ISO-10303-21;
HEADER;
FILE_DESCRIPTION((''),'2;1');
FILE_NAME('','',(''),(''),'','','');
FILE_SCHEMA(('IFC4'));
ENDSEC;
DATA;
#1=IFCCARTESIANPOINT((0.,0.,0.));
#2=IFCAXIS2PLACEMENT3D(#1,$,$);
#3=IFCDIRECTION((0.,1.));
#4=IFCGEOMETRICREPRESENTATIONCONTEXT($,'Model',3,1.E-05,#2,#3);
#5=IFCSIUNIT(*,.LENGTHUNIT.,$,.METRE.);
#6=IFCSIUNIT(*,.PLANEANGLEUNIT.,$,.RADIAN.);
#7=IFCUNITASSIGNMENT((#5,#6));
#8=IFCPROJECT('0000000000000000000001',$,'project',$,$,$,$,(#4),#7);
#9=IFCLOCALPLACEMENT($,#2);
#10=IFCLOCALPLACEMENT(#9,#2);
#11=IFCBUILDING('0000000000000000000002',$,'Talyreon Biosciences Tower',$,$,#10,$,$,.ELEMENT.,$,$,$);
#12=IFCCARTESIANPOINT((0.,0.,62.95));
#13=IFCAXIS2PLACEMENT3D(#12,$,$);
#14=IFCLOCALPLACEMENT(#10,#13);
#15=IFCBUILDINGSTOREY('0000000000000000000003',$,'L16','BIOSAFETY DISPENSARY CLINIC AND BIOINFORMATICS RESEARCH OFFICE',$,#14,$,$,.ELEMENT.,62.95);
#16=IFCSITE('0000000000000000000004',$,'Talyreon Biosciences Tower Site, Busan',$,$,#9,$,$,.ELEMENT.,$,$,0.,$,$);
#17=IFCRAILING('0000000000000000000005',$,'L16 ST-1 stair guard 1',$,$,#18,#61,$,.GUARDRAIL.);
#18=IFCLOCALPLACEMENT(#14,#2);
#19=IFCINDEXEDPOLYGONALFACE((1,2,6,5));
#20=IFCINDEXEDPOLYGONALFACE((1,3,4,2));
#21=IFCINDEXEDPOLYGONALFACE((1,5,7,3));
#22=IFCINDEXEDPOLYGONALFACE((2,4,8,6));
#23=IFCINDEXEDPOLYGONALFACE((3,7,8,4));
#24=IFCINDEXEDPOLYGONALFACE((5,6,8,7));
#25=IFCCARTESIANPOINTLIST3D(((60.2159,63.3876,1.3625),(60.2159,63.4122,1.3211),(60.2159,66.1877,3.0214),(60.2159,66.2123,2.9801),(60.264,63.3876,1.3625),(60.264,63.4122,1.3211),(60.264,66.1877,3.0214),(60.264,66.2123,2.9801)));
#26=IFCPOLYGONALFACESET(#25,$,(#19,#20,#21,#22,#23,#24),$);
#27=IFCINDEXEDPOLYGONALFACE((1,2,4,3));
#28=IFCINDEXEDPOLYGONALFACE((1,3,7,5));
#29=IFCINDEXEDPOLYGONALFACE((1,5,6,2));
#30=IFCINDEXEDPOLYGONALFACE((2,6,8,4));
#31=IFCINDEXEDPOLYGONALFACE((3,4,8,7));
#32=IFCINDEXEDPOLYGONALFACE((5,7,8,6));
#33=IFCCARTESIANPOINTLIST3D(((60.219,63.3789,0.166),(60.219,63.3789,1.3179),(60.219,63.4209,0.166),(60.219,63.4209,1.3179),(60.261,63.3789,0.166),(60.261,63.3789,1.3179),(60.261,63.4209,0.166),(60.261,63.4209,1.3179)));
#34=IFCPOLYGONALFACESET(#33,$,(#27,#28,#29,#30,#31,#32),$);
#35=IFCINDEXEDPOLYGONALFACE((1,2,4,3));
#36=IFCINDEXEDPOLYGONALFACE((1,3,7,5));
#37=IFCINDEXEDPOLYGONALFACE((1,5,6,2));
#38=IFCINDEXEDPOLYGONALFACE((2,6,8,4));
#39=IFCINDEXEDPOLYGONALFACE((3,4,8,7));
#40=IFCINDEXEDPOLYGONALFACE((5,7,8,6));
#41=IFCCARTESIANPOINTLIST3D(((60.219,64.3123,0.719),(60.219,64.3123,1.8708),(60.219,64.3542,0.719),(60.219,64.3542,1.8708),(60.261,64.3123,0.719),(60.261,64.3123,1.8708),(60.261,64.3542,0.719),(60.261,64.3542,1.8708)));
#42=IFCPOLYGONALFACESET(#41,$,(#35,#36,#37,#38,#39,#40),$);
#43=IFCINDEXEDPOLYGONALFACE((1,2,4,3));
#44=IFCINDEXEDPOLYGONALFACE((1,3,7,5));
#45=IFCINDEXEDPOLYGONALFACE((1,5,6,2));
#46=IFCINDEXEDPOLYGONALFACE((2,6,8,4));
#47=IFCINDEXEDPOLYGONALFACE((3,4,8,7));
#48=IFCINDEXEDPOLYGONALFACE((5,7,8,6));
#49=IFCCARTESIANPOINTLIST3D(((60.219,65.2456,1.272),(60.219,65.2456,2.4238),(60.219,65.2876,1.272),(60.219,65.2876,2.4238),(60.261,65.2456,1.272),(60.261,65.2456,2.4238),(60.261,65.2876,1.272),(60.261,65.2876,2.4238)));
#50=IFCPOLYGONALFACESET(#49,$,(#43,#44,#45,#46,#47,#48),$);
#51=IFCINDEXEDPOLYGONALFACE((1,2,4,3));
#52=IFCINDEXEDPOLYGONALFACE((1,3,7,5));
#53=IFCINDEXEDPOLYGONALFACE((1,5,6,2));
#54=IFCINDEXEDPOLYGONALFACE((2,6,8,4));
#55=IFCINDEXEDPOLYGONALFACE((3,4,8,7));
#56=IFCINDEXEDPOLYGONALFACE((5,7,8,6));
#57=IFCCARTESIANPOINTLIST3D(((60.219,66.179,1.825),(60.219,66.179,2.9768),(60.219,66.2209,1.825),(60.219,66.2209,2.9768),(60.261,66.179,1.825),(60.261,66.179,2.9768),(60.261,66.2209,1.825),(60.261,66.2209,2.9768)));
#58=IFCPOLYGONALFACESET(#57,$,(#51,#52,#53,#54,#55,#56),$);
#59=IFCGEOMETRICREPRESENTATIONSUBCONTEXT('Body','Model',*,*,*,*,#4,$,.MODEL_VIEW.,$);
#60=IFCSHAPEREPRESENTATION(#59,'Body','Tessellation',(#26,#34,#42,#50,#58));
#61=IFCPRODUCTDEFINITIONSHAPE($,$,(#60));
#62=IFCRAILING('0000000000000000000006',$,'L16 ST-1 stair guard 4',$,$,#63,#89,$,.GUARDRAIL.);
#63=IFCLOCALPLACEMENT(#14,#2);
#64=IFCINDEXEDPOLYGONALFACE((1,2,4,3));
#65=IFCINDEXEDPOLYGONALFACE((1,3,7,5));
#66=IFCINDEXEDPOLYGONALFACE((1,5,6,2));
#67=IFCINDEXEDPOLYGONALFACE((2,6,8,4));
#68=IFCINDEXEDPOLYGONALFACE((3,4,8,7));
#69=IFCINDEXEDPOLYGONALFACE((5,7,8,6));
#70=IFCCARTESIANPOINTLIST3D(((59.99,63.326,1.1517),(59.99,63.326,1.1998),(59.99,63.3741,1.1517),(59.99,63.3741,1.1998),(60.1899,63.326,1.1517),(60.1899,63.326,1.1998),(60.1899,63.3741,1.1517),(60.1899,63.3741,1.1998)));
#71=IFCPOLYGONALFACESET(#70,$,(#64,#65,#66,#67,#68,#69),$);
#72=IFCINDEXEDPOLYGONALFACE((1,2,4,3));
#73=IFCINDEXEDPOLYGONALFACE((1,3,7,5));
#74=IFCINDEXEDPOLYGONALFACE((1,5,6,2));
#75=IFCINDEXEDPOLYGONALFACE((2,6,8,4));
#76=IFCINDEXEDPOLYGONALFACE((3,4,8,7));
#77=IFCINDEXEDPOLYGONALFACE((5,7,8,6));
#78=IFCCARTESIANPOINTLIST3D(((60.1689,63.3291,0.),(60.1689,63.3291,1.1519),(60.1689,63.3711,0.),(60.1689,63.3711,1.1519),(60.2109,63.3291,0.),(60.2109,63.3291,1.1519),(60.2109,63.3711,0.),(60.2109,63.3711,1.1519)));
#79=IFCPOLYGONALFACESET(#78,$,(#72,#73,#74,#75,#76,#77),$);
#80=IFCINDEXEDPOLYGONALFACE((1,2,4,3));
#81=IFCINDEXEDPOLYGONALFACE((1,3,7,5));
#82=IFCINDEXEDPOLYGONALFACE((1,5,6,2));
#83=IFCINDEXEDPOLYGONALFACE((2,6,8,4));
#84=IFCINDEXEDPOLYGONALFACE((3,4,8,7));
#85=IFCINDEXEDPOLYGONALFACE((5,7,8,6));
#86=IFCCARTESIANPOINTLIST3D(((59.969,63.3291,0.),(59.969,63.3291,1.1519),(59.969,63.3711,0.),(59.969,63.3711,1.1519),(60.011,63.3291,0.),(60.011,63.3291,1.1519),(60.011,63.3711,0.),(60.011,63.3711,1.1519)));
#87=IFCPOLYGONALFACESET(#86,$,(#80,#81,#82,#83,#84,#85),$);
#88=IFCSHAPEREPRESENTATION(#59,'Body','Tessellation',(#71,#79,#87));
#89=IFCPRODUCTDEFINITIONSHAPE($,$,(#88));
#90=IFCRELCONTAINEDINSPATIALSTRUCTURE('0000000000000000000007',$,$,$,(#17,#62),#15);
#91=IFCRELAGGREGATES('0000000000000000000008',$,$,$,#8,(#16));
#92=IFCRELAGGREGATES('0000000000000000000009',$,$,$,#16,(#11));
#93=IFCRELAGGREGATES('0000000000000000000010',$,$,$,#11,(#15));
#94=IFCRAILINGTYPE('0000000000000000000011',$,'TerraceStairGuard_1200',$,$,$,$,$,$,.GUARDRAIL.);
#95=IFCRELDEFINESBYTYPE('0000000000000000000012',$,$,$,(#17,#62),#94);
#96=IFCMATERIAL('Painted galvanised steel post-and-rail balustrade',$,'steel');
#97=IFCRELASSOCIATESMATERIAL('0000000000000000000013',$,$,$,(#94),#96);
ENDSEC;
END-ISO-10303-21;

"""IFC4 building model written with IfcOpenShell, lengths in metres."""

from ifc_helpers import new_model, si_unit, direction, frame, origin, origin_2d, place, context, subcontext, project, spatial, rectangle, extrude, material, type_object, element, save


model = new_model("IFC4")

# Units and contexts
model_context = context("Model", 3, precision=1e-05, world=origin(), true_north=direction((0.0, 1.0)))
body_context = subcontext(model_context, "Body", "Model", "MODEL_VIEW")
ifc_project = project(units=[si_unit("LENGTHUNIT", "METRE"), si_unit("PLANEANGLEUNIT", "RADIAN")], contexts=[model_context])

# Site, building, storey
site_placement = place(None, origin())
site = spatial("IfcSite", under=ifc_project, at=site_placement, Name="Talyreon Biosciences Tower Site, Busan", CompositionType="ELEMENT", RefElevation=0.0)
building_placement = place(site_placement, origin())
building = spatial("IfcBuilding", under=site, at=building_placement, Name="Talyreon Biosciences Tower", CompositionType="ELEMENT")
storey_placement = place(building_placement, frame((0.0, 0.0, 62.95)))
storey = spatial("IfcBuildingStorey", under=building, at=storey_placement, Name="L16", Description="BIOSAFETY DISPENSARY CLINIC AND BIOINFORMATICS RESEARCH OFFICE", CompositionType="ELEMENT", Elevation=62.95)

# Railings
ifc_material_1 = material(Name="Painted galvanised steel post-and-rail balustrade", Category="steel")
railing_type_1 = type_object("IfcRailingType", Name="TerraceStairGuard_1200", PredefinedType="GUARDRAIL", material=ifc_material_1)
railing_1_placement = place(storey_placement, frame((60.24, 63.3999, 0.166)))
element("IfcRailing", 1, at=railing_1_placement, inside=storey, type_object=railing_type_1, Name="L16 ST-1 stair guard 1", PredefinedType="GUARDRAIL", context=body_context, shape_type="SweptSolid", body=[
    extrude(rectangle(XDim=0.0481, YDim=0.0481, at=origin_2d()), frame((0.0, 0.0, 1.1758), z_axis=(0.0, 0.860339, 0.509722), x_axis=(-1.0, 0.0, 0.0)), (0.0, 0.0, 1.0), 3.2546),
    extrude(rectangle(XDim=0.042, YDim=0.042, at=origin_2d()), origin(), (0.0, 0.0, 1.0), 1.1519),
    extrude(rectangle(XDim=0.042, YDim=0.042, at=origin_2d()), frame((0.0, 0.9333, 0.553)), (0.0, 0.0, 1.0), 1.1519),
    extrude(rectangle(XDim=0.042, YDim=0.042, at=origin_2d()), frame((0.0, 1.8667, 1.106)), (0.0, 0.0, 1.0), 1.1519),
    extrude(rectangle(XDim=0.042, YDim=0.042, at=origin_2d()), frame((0.0, 2.8, 1.6589)), (0.0, 0.0, 1.0), 1.1519),
])
railing_2_placement = place(storey_placement, frame((60.1899, 63.3501, 0.0)))
element("IfcRailing", 2, at=railing_2_placement, inside=storey, type_object=railing_type_1, Name="L16 ST-1 stair guard 4", PredefinedType="GUARDRAIL", context=body_context, shape_type="SweptSolid", body=[
    extrude(rectangle(XDim=0.0481, YDim=0.0481, at=origin_2d()), frame((0.0, 0.0, 1.1758), z_axis=(-1.0, 0.0, 0.0), x_axis=(0.0, -1.0, 0.0)), (0.0, 0.0, 1.0), 0.2),
    extrude(rectangle(XDim=0.042, YDim=0.042, at=origin_2d()), origin(), (0.0, 0.0, 1.0), 1.1519),
    extrude(rectangle(XDim=0.042, YDim=0.042, at=origin_2d()), frame((-0.2, 0.0, 0.0)), (0.0, 0.0, 1.0), 1.1519),
])

save(model, "model.ifc")
